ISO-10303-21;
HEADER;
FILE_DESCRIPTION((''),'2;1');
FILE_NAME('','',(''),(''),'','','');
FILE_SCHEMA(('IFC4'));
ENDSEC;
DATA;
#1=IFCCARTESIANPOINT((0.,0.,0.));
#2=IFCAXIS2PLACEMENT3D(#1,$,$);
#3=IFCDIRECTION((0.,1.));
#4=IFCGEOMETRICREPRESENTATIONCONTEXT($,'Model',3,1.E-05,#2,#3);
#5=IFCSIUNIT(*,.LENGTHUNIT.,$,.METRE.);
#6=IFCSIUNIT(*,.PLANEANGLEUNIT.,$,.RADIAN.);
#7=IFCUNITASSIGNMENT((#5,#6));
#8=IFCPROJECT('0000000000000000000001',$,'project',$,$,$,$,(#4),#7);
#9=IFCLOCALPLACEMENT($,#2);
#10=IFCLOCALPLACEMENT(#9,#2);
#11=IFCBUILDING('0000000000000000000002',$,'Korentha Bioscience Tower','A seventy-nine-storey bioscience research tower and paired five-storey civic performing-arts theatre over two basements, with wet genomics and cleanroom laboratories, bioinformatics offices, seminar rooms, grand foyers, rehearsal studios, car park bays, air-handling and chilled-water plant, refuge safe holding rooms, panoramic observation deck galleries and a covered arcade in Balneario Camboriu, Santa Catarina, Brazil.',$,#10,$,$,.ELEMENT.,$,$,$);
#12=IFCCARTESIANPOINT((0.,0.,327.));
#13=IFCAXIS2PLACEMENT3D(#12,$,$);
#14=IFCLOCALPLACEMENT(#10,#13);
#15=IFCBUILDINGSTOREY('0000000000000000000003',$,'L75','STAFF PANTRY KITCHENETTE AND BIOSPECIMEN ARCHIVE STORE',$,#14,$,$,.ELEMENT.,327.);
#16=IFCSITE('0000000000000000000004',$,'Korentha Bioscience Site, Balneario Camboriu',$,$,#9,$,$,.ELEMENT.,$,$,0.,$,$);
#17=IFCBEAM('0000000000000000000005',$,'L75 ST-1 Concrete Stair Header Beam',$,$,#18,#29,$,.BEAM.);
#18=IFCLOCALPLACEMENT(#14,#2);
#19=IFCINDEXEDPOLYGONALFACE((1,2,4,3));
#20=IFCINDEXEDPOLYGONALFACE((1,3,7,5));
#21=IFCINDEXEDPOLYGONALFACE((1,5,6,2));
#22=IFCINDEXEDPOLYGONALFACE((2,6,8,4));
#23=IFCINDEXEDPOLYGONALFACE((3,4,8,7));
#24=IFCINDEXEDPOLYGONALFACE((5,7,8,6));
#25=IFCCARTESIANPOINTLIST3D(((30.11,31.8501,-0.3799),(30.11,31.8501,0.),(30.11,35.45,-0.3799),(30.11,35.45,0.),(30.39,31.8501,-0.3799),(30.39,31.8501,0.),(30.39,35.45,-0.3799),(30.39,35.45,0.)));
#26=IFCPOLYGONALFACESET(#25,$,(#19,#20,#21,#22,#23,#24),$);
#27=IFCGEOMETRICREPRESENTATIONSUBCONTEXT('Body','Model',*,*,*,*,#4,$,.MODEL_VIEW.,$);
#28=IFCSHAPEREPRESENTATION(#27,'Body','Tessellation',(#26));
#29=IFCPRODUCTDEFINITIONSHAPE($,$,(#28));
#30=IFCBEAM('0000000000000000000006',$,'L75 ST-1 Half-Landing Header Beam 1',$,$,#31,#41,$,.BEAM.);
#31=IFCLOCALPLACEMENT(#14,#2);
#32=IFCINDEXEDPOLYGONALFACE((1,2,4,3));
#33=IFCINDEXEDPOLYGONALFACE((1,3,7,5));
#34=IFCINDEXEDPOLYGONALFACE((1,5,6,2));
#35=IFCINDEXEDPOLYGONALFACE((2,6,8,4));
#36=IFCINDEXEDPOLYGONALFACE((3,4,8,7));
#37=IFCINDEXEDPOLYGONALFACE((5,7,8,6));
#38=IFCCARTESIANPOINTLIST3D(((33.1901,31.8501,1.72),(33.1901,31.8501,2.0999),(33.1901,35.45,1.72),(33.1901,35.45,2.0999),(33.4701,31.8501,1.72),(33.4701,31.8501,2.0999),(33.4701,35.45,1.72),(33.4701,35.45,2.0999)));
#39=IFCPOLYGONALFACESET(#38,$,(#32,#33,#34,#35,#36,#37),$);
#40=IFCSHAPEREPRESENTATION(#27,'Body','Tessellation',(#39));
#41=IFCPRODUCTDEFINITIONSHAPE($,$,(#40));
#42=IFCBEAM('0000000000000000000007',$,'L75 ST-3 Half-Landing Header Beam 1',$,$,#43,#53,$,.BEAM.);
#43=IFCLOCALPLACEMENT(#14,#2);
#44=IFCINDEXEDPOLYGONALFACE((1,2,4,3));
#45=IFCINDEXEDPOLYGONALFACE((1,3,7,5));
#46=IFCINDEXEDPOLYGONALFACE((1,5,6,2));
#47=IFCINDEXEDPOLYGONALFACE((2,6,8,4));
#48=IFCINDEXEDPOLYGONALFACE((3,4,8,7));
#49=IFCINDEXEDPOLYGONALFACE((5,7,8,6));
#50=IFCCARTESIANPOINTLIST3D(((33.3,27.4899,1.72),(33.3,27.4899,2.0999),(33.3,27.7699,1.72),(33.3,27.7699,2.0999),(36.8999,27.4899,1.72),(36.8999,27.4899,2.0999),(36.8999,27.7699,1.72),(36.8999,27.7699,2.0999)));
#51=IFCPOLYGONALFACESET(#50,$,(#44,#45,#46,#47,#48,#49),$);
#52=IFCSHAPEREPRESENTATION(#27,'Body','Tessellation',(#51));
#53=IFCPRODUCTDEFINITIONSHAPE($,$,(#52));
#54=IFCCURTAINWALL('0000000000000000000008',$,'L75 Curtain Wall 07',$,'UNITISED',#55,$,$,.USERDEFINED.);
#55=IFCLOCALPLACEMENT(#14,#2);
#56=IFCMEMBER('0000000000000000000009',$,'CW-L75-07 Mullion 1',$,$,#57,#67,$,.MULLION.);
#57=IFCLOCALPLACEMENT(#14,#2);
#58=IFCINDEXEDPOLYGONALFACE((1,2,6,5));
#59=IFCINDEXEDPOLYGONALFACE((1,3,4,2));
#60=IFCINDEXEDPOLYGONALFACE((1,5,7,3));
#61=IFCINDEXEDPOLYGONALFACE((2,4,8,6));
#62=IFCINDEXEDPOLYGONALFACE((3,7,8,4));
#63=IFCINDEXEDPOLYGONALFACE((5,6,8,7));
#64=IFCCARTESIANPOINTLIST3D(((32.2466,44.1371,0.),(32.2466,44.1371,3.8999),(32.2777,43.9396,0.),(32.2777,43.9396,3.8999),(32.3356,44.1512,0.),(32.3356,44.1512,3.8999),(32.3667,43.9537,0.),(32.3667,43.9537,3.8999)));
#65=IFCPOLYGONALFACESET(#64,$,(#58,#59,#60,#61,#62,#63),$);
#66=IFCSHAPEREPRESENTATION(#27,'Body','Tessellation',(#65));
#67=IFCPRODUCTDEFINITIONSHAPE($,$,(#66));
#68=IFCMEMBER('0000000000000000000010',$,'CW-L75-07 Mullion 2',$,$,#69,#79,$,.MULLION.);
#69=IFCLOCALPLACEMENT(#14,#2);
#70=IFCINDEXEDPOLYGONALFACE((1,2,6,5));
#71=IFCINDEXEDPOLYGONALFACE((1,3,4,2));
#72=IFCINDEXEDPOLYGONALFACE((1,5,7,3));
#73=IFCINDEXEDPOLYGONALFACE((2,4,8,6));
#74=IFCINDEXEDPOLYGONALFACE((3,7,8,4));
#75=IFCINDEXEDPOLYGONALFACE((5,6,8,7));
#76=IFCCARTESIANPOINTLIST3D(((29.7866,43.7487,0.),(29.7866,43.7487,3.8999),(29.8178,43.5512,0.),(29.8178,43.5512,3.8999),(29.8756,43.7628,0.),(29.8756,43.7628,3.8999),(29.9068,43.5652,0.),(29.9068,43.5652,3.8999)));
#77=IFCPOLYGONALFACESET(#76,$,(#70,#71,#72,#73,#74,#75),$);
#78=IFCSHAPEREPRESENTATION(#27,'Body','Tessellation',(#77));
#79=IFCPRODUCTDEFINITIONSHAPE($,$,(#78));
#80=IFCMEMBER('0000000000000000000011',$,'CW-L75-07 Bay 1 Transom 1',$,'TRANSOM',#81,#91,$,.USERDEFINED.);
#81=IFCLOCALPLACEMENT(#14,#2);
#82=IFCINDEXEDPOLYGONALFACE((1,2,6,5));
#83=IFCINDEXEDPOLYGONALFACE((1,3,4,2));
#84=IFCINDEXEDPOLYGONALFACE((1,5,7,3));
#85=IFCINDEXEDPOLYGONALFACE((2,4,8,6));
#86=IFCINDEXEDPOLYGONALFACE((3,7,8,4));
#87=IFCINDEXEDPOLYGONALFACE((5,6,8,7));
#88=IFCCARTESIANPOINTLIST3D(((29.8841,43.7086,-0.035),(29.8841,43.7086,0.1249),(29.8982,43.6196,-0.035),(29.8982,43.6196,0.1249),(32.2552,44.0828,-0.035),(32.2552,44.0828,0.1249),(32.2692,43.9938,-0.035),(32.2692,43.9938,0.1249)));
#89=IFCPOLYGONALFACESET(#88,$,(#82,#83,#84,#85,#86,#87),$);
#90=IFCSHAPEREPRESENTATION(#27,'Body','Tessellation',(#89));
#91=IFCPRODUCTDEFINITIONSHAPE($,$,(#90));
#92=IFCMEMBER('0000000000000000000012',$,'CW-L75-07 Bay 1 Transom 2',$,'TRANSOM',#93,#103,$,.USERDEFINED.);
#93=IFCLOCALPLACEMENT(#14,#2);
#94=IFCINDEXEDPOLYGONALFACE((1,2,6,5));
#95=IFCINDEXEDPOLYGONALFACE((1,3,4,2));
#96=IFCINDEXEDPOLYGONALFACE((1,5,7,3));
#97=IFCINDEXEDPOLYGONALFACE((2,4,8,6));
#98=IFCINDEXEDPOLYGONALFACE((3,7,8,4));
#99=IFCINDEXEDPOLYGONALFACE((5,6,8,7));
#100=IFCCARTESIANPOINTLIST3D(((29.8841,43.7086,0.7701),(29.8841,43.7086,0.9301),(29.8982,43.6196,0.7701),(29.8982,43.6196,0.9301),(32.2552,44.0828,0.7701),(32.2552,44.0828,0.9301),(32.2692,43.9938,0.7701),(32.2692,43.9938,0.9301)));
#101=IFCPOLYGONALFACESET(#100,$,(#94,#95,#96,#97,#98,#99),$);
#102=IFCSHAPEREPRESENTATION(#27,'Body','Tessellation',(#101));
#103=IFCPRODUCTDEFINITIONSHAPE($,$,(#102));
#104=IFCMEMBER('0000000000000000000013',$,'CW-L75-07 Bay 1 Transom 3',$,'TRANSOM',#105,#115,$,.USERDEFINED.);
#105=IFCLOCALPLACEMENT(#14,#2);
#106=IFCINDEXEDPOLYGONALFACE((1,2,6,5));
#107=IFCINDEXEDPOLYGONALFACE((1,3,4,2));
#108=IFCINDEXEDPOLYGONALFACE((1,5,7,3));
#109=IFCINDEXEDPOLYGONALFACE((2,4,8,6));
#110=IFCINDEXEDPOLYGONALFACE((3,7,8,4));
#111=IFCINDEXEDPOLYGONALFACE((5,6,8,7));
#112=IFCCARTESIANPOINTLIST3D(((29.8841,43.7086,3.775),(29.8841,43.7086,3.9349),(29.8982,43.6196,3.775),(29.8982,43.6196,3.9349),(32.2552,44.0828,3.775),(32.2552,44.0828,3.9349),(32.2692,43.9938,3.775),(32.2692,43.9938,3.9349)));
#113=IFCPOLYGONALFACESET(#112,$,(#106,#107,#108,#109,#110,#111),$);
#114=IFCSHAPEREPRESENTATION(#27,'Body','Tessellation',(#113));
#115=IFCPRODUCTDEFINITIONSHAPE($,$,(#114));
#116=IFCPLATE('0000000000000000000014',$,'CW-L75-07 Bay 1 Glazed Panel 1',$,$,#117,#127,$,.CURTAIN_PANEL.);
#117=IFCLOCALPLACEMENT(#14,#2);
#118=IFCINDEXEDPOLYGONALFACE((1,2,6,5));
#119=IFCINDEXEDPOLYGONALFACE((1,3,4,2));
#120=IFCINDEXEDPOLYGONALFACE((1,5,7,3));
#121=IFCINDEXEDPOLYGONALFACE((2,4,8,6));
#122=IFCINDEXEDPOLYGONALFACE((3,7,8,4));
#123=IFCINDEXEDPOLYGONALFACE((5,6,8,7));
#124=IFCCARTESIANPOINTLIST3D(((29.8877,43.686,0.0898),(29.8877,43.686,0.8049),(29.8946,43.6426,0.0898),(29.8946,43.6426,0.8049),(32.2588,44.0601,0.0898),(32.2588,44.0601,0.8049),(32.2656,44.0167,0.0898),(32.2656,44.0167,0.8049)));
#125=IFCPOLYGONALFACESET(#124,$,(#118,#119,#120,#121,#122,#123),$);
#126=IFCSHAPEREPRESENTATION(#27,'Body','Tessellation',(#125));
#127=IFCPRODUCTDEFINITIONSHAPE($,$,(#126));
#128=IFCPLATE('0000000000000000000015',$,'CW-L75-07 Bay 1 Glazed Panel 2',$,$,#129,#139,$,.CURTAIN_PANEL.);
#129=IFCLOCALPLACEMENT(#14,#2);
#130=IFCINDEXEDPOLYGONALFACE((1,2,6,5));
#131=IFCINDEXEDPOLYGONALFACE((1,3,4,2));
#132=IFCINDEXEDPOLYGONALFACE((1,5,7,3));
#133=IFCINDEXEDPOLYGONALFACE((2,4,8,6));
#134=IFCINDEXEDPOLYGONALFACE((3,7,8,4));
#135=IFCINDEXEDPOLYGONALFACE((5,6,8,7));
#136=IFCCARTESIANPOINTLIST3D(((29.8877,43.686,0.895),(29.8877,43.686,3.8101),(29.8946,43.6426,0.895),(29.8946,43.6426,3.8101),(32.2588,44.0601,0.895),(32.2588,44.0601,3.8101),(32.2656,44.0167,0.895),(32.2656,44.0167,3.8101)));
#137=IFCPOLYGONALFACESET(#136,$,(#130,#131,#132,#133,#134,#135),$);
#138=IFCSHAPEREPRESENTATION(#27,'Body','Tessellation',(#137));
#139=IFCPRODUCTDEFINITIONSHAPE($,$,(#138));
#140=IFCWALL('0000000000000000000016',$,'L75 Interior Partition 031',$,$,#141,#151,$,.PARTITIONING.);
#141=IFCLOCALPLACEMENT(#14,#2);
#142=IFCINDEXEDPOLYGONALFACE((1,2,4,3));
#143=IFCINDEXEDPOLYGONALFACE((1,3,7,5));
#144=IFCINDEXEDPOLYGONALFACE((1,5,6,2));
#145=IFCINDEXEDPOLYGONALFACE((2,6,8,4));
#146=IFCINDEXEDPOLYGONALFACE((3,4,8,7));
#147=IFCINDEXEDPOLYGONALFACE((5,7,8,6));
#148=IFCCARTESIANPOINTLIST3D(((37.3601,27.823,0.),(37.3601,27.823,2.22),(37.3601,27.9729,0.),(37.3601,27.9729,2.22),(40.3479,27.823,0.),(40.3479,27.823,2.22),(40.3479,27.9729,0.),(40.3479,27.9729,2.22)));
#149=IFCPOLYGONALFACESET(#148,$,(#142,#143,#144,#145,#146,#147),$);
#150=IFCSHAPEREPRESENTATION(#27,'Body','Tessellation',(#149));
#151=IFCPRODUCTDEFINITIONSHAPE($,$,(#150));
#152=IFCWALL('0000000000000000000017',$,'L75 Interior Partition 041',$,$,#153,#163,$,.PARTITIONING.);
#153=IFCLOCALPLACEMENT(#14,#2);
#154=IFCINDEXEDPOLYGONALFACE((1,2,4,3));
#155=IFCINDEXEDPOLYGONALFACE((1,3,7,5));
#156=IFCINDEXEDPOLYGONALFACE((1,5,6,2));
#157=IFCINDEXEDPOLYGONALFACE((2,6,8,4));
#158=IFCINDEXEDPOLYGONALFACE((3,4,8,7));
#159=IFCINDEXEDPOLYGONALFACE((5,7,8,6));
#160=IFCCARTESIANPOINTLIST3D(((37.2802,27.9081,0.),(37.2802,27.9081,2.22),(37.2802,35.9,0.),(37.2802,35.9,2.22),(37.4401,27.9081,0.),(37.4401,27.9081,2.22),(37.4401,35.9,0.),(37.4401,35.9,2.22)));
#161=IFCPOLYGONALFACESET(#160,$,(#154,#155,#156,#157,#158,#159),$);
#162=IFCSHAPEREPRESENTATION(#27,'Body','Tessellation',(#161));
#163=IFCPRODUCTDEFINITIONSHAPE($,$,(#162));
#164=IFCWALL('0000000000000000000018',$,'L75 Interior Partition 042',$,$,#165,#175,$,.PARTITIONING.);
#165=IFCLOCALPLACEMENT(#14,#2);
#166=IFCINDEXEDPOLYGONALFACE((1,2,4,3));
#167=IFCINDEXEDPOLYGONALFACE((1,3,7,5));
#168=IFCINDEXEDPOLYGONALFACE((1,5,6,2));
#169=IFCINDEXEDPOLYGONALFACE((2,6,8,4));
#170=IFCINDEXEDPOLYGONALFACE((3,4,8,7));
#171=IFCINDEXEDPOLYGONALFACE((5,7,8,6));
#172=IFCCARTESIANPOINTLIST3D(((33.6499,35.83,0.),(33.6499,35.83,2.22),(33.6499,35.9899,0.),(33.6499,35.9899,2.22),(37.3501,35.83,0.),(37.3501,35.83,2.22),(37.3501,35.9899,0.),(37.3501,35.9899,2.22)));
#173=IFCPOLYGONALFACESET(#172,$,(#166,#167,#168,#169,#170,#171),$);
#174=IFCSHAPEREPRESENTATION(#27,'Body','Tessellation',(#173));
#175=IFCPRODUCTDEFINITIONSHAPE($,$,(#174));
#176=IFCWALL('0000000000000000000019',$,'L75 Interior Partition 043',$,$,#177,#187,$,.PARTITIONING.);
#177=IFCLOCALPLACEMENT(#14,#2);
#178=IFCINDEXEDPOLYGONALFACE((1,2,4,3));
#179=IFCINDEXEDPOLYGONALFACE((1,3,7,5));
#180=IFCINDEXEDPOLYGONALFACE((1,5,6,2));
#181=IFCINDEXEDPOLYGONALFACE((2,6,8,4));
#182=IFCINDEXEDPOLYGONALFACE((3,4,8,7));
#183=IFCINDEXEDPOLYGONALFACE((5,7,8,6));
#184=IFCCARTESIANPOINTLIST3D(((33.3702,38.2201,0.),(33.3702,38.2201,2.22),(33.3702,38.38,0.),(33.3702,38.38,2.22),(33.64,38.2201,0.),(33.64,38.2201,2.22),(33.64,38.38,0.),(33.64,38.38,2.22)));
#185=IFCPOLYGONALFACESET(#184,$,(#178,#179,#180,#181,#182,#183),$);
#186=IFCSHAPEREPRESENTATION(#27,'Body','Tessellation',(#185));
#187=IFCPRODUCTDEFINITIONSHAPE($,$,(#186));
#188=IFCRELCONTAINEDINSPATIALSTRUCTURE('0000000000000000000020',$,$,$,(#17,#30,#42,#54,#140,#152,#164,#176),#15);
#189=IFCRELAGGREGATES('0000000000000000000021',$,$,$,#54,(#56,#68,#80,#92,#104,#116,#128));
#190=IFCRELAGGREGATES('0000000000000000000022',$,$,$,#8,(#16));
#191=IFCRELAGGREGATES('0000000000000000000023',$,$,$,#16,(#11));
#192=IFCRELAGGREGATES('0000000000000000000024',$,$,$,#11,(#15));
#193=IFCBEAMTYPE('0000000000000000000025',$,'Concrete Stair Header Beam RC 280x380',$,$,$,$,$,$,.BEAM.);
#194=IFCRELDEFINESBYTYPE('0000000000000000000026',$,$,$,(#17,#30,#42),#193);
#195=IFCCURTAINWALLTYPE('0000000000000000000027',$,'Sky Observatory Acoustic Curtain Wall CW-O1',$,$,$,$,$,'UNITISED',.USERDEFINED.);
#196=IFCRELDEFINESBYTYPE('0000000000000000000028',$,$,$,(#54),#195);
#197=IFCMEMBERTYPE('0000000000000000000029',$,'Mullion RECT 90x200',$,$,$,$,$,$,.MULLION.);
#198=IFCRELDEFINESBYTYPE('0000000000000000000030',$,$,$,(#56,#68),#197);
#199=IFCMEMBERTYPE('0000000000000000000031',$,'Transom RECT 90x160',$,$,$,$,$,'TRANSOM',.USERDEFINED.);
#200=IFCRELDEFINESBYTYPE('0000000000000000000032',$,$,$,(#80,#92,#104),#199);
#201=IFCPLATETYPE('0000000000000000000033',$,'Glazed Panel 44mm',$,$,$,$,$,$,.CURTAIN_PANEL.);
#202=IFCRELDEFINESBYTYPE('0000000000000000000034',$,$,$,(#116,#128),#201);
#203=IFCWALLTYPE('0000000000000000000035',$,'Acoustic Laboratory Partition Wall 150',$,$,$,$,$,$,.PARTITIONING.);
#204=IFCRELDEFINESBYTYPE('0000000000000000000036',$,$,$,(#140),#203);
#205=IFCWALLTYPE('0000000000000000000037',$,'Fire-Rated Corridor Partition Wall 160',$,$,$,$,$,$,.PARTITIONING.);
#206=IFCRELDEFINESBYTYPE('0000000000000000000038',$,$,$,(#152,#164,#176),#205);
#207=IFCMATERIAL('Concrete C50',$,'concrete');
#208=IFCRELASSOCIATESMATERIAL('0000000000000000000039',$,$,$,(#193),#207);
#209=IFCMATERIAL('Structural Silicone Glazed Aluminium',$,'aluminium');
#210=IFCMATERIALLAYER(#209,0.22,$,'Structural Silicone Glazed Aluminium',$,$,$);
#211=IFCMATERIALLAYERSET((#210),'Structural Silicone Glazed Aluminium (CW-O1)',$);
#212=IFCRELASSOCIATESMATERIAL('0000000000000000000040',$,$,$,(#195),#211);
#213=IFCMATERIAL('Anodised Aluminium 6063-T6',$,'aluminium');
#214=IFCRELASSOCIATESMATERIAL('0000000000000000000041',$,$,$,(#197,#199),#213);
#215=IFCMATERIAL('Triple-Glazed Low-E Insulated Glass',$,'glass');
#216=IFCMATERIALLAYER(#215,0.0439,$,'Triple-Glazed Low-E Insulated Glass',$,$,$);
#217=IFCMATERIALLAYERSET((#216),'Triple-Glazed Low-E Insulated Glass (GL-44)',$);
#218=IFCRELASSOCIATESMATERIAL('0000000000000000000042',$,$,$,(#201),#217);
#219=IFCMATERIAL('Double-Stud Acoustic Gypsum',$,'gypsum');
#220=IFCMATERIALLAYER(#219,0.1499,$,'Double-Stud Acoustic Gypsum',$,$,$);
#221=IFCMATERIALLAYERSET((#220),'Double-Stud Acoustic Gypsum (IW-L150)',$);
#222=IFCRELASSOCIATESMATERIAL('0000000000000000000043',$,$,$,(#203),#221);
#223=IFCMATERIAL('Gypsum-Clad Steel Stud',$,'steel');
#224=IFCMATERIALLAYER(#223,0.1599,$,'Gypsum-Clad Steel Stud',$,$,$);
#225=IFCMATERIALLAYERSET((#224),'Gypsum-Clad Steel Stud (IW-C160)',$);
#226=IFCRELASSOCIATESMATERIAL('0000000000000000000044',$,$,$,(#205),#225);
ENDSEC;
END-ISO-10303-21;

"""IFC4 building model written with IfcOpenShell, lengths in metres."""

from ifc_helpers import new_model, si_unit, direction, frame, frame_2d, origin, origin_2d, place, context, subcontext, project, spatial, rectangle, extrude, material, layer, layer_set, material_profile, profile_set, type_object, element, aggregate, save


model = new_model("IFC4")

# Units and contexts
model_context = context("Model", 3, precision=1e-05, world=origin(), true_north=direction((0.0, 1.0)))
body_context = subcontext(model_context, "Body", "Model", "MODEL_VIEW")
ifc_project = project(units=[si_unit("LENGTHUNIT", "METRE"), si_unit("PLANEANGLEUNIT", "RADIAN")], contexts=[model_context])

# Site, building, storey
site_placement = place(None, origin())
site = spatial("IfcSite", under=ifc_project, at=site_placement, Name="Korentha Bioscience Site, Balneario Camboriu", CompositionType="ELEMENT", RefElevation=0.0)
building_placement = place(site_placement, origin())
building = spatial("IfcBuilding", under=site, at=building_placement, Name="Korentha Bioscience Tower", Description="A seventy-nine-storey bioscience research tower and paired five-storey civic performing-arts theatre over two basements, with wet genomics and cleanroom laboratories, bioinformatics offices, seminar rooms, grand foyers, rehearsal studios, car park bays, air-handling and chilled-water plant, refuge safe holding rooms, panoramic observation deck galleries and a covered arcade in Balneario Camboriu, Santa Catarina, Brazil.", CompositionType="ELEMENT")
storey_placement = place(building_placement, frame((0.0, 0.0, 327.0)))
storey = spatial("IfcBuildingStorey", under=building, at=storey_placement, Name="L75", Description="STAFF PANTRY KITCHENETTE AND BIOSPECIMEN ARCHIVE STORE", CompositionType="ELEMENT", Elevation=327.0)

# Beams
ifc_material_1 = material(Name="Concrete C50", Category="concrete")
ifc_material_profile_1 = material_profile(ifc_material_1, rectangle(XDim=0.28, YDim=0.3799, at=origin_2d()), Name="Concrete C50")
ifc_profile_set_1 = profile_set([ifc_material_profile_1], Name="Concrete C50 (ST-HB380)")
beam_type = type_object("IfcBeamType", Name="Concrete Stair Header Beam RC 280x380", PredefinedType="BEAM", material=ifc_profile_set_1)
for number, where, z_axis, x_axis, name in (
    (1, (30.25, 31.8501, -0.1899), (0.0, 1.0, 0.0), (-1.0, 0.0, 0.0), "L75 ST-1 Concrete Stair Header Beam"),
    (2, (33.3301, 31.8501, 1.9099), (0.0, 1.0, 0.0), (-1.0, 0.0, 0.0), "L75 ST-1 Half-Landing Header Beam 1"),
    (3, (36.8999, 27.6299, 1.9099), (-1.0, 0.0, 0.0), (0.0, -1.0, 0.0), "L75 ST-3 Half-Landing Header Beam 1"),
):
    element("IfcBeam", number, at=place(storey_placement, frame(where, z_axis=z_axis, x_axis=x_axis)), inside=storey, type_object=beam_type, Name=name, PredefinedType="BEAM", context=body_context, shape_type="SweptSolid", body=[
        extrude(rectangle(XDim=0.28, YDim=0.3799, at=origin_2d()), origin(), (0.0, 0.0, 1.0), 3.5999),
    ])

# Curtain wall, members, plates
ifc_material_2 = material(Name="Structural Silicone Glazed Aluminium", Category="aluminium")
ifc_layer_1 = layer(ifc_material_2, 0.22, Name="Structural Silicone Glazed Aluminium")
ifc_layer_set_1 = layer_set([ifc_layer_1], Name="Structural Silicone Glazed Aluminium (CW-O1)")
curtain_wall_type = type_object("IfcCurtainWallType", Name="Sky Observatory Acoustic Curtain Wall CW-O1", ElementType="UNITISED", PredefinedType="USERDEFINED", material=ifc_layer_set_1)
curtain_wall_placement = place(storey_placement, origin())
curtain_wall = element("IfcCurtainWall", 4, at=curtain_wall_placement, inside=storey, type_object=curtain_wall_type, Name="L75 Curtain Wall 07", ObjectType="UNITISED", PredefinedType="USERDEFINED")
ifc_material_3 = material(Name="Anodised Aluminium 6063-T6", Category="aluminium")
ifc_material_profile_2 = material_profile(ifc_material_3, rectangle(XDim=0.0901, YDim=0.2, at=origin_2d()), Name="Anodised Aluminium 6063-T6")
ifc_profile_set_2 = profile_set([ifc_material_profile_2], Name="Anodised Aluminium 6063-T6 (CW-MUL)")
member_type_1 = type_object("IfcMemberType", Name="Mullion RECT 90x200", PredefinedType="MULLION", material=ifc_profile_set_2)
member_1_placement = place(storey_placement, frame((32.3066, 44.0454, 0.0), z_axis=(0.0, 0.0, 1.0), x_axis=(-0.987779, -0.155859, 0.0)))
member_1 = element("IfcMember", 5, at=member_1_placement, type_object=member_type_1, Name="CW-L75-07 Mullion 1", PredefinedType="MULLION", context=body_context, shape_type="SweptSolid", body=[
    extrude(rectangle(XDim=0.0901, YDim=0.2, at=origin_2d()), origin(), (0.0, 0.0, 1.0), 3.8999),
])
member_2_placement = place(storey_placement, frame((29.8467, 43.657, 0.0), z_axis=(0.0, 0.0, 1.0), x_axis=(-0.987779, -0.155859, 0.0)))
member_2 = element("IfcMember", 6, at=member_2_placement, type_object=member_type_1, Name="CW-L75-07 Mullion 2", PredefinedType="MULLION", context=body_context, shape_type="SweptSolid", body=[
    extrude(rectangle(XDim=0.0901, YDim=0.2, at=origin_2d()), origin(), (0.0, 0.0, 1.0), 3.8999),
])
ifc_material_profile_3 = material_profile(ifc_material_3, rectangle(XDim=0.0901, YDim=0.1599, at=origin_2d()), Name="Anodised Aluminium 6063-T6")
ifc_profile_set_3 = profile_set([ifc_material_profile_3], Name="Anodised Aluminium 6063-T6 (CW-TRN)")
member_type_2 = type_object("IfcMemberType", Name="Transom RECT 90x160", ElementType="TRANSOM", PredefinedType="USERDEFINED", material=ifc_profile_set_3)
member_3_placement = place(storey_placement, frame((32.2622, 44.0383, 0.0449), z_axis=(-0.98777, -0.155916, 0.0), x_axis=(0.155916, -0.98777, 0.0)))
member_3 = element("IfcMember", 7, at=member_3_placement, type_object=member_type_2, Name="CW-L75-07 Bay 1 Transom 1", ObjectType="TRANSOM", PredefinedType="USERDEFINED", context=body_context, shape_type="SweptSolid", body=[
    extrude(rectangle(XDim=0.0901, YDim=0.1599, at=origin_2d()), origin(), (0.0, 0.0, 1.0), 2.4004),
])
member_4_placement = place(storey_placement, frame((32.2622, 44.0383, 0.8501), z_axis=(-0.98777, -0.155916, 0.0), x_axis=(0.155916, -0.98777, 0.0)))
member_4 = element("IfcMember", 8, at=member_4_placement, type_object=member_type_2, Name="CW-L75-07 Bay 1 Transom 2", ObjectType="TRANSOM", PredefinedType="USERDEFINED", context=body_context, shape_type="SweptSolid", body=[
    extrude(rectangle(XDim=0.0901, YDim=0.1599, at=origin_2d()), origin(), (0.0, 0.0, 1.0), 2.4004),
])
member_5_placement = place(storey_placement, frame((32.2622, 44.0383, 3.855), z_axis=(-0.98777, -0.155916, 0.0), x_axis=(0.155916, -0.98777, 0.0)))
member_5 = element("IfcMember", 9, at=member_5_placement, type_object=member_type_2, Name="CW-L75-07 Bay 1 Transom 3", ObjectType="TRANSOM", PredefinedType="USERDEFINED", context=body_context, shape_type="SweptSolid", body=[
    extrude(rectangle(XDim=0.0901, YDim=0.1599, at=origin_2d()), origin(), (0.0, 0.0, 1.0), 2.4004),
])
ifc_material_4 = material(Name="Triple-Glazed Low-E Insulated Glass", Category="glass")
ifc_layer_2 = layer(ifc_material_4, 0.0439, Name="Triple-Glazed Low-E Insulated Glass")
ifc_layer_set_2 = layer_set([ifc_layer_2], Name="Triple-Glazed Low-E Insulated Glass (GL-44)")
plate_type = type_object("IfcPlateType", Name="Glazed Panel 44mm", PredefinedType="CURTAIN_PANEL", material=ifc_layer_set_2)
plate_1_placement = place(storey_placement, frame((31.0767, 43.8513, 0.0898), z_axis=(0.0, 0.0, 1.0), x_axis=(-0.987779, -0.155859, 0.0)))
plate_1 = element("IfcPlate", 10, at=plate_1_placement, type_object=plate_type, Name="CW-L75-07 Bay 1 Glazed Panel 1", PredefinedType="CURTAIN_PANEL", context=body_context, shape_type="SweptSolid", body=[
    extrude(rectangle(XDim=2.4004, YDim=0.0439, at=origin_2d()), origin(), (0.0, 0.0, 1.0), 0.7151),
])
plate_2_placement = place(storey_placement, frame((31.0767, 43.8513, 0.895), z_axis=(0.0, 0.0, 1.0), x_axis=(-0.987779, -0.155859, 0.0)))
plate_2 = element("IfcPlate", 11, at=plate_2_placement, type_object=plate_type, Name="CW-L75-07 Bay 1 Glazed Panel 2", PredefinedType="CURTAIN_PANEL", context=body_context, shape_type="SweptSolid", body=[
    extrude(rectangle(XDim=2.4004, YDim=0.0439, at=origin_2d()), origin(), (0.0, 0.0, 1.0), 2.915),
])
aggregate(curtain_wall, [member_1, member_2, member_3, member_4, member_5, plate_1, plate_2])

# Walls
ifc_material_5 = material(Name="Double-Stud Acoustic Gypsum", Category="gypsum")
ifc_layer_3 = layer(ifc_material_5, 0.1499, Name="Double-Stud Acoustic Gypsum")
ifc_layer_set_3 = layer_set([ifc_layer_3], Name="Double-Stud Acoustic Gypsum (IW-L150)")
wall_type_1 = type_object("IfcWallType", Name="Acoustic Laboratory Partition Wall 150", PredefinedType="PARTITIONING", material=ifc_layer_set_3)
wall_1_placement = place(storey_placement, frame((37.3601, 27.8979, 0.0), z_axis=(0.0, 0.0, 1.0), x_axis=(1.0, 0.0, 0.0)))
element("IfcWall", 12, at=wall_1_placement, inside=storey, type_object=wall_type_1, Name="L75 Interior Partition 031", PredefinedType="PARTITIONING", context=body_context, shape_type="SweptSolid", body=[
    extrude(rectangle(XDim=2.9878, YDim=0.1499, at=frame_2d((1.4939, 0.0))), origin(), (0.0, 0.0, 1.0), 2.22),
])
ifc_material_6 = material(Name="Gypsum-Clad Steel Stud", Category="steel")
ifc_layer_4 = layer(ifc_material_6, 0.1599, Name="Gypsum-Clad Steel Stud")
ifc_layer_set_4 = layer_set([ifc_layer_4], Name="Gypsum-Clad Steel Stud (IW-C160)")
wall_type_2 = type_object("IfcWallType", Name="Fire-Rated Corridor Partition Wall 160", PredefinedType="PARTITIONING", material=ifc_layer_set_4)
wall_2_placement = place(storey_placement, frame((37.3601, 27.908, 0.0), z_axis=(0.0, 0.0, 1.0), x_axis=(0.0, 1.0, 0.0)))
element("IfcWall", 13, at=wall_2_placement, inside=storey, type_object=wall_type_2, Name="L75 Interior Partition 041", PredefinedType="PARTITIONING", context=body_context, shape_type="SweptSolid", body=[
    extrude(rectangle(XDim=7.9919, YDim=0.1599, at=frame_2d((3.9961, 0.0))), origin(), (0.0, 0.0, 1.0), 2.22),
])
wall_3_placement = place(storey_placement, frame((37.3501, 35.9099, 0.0), z_axis=(0.0, 0.0, 1.0), x_axis=(-1.0, 0.0, 0.0)))
element("IfcWall", 14, at=wall_3_placement, inside=storey, type_object=wall_type_2, Name="L75 Interior Partition 042", PredefinedType="PARTITIONING", context=body_context, shape_type="SweptSolid", body=[
    extrude(rectangle(XDim=3.7002, YDim=0.1599, at=frame_2d((1.8501, 0.0))), origin(), (0.0, 0.0, 1.0), 2.22),
])
wall_4_placement = place(storey_placement, frame((33.6399, 38.3, 0.0), z_axis=(0.0, 0.0, 1.0), x_axis=(-1.0, 0.0, 0.0)))
element("IfcWall", 15, at=wall_4_placement, inside=storey, type_object=wall_type_2, Name="L75 Interior Partition 043", PredefinedType="PARTITIONING", context=body_context, shape_type="SweptSolid", body=[
    extrude(rectangle(XDim=0.2698, YDim=0.1599, at=frame_2d((0.1348, 0.0))), origin(), (0.0, 0.0, 1.0), 2.22),
])

save(model, "model.ifc")
